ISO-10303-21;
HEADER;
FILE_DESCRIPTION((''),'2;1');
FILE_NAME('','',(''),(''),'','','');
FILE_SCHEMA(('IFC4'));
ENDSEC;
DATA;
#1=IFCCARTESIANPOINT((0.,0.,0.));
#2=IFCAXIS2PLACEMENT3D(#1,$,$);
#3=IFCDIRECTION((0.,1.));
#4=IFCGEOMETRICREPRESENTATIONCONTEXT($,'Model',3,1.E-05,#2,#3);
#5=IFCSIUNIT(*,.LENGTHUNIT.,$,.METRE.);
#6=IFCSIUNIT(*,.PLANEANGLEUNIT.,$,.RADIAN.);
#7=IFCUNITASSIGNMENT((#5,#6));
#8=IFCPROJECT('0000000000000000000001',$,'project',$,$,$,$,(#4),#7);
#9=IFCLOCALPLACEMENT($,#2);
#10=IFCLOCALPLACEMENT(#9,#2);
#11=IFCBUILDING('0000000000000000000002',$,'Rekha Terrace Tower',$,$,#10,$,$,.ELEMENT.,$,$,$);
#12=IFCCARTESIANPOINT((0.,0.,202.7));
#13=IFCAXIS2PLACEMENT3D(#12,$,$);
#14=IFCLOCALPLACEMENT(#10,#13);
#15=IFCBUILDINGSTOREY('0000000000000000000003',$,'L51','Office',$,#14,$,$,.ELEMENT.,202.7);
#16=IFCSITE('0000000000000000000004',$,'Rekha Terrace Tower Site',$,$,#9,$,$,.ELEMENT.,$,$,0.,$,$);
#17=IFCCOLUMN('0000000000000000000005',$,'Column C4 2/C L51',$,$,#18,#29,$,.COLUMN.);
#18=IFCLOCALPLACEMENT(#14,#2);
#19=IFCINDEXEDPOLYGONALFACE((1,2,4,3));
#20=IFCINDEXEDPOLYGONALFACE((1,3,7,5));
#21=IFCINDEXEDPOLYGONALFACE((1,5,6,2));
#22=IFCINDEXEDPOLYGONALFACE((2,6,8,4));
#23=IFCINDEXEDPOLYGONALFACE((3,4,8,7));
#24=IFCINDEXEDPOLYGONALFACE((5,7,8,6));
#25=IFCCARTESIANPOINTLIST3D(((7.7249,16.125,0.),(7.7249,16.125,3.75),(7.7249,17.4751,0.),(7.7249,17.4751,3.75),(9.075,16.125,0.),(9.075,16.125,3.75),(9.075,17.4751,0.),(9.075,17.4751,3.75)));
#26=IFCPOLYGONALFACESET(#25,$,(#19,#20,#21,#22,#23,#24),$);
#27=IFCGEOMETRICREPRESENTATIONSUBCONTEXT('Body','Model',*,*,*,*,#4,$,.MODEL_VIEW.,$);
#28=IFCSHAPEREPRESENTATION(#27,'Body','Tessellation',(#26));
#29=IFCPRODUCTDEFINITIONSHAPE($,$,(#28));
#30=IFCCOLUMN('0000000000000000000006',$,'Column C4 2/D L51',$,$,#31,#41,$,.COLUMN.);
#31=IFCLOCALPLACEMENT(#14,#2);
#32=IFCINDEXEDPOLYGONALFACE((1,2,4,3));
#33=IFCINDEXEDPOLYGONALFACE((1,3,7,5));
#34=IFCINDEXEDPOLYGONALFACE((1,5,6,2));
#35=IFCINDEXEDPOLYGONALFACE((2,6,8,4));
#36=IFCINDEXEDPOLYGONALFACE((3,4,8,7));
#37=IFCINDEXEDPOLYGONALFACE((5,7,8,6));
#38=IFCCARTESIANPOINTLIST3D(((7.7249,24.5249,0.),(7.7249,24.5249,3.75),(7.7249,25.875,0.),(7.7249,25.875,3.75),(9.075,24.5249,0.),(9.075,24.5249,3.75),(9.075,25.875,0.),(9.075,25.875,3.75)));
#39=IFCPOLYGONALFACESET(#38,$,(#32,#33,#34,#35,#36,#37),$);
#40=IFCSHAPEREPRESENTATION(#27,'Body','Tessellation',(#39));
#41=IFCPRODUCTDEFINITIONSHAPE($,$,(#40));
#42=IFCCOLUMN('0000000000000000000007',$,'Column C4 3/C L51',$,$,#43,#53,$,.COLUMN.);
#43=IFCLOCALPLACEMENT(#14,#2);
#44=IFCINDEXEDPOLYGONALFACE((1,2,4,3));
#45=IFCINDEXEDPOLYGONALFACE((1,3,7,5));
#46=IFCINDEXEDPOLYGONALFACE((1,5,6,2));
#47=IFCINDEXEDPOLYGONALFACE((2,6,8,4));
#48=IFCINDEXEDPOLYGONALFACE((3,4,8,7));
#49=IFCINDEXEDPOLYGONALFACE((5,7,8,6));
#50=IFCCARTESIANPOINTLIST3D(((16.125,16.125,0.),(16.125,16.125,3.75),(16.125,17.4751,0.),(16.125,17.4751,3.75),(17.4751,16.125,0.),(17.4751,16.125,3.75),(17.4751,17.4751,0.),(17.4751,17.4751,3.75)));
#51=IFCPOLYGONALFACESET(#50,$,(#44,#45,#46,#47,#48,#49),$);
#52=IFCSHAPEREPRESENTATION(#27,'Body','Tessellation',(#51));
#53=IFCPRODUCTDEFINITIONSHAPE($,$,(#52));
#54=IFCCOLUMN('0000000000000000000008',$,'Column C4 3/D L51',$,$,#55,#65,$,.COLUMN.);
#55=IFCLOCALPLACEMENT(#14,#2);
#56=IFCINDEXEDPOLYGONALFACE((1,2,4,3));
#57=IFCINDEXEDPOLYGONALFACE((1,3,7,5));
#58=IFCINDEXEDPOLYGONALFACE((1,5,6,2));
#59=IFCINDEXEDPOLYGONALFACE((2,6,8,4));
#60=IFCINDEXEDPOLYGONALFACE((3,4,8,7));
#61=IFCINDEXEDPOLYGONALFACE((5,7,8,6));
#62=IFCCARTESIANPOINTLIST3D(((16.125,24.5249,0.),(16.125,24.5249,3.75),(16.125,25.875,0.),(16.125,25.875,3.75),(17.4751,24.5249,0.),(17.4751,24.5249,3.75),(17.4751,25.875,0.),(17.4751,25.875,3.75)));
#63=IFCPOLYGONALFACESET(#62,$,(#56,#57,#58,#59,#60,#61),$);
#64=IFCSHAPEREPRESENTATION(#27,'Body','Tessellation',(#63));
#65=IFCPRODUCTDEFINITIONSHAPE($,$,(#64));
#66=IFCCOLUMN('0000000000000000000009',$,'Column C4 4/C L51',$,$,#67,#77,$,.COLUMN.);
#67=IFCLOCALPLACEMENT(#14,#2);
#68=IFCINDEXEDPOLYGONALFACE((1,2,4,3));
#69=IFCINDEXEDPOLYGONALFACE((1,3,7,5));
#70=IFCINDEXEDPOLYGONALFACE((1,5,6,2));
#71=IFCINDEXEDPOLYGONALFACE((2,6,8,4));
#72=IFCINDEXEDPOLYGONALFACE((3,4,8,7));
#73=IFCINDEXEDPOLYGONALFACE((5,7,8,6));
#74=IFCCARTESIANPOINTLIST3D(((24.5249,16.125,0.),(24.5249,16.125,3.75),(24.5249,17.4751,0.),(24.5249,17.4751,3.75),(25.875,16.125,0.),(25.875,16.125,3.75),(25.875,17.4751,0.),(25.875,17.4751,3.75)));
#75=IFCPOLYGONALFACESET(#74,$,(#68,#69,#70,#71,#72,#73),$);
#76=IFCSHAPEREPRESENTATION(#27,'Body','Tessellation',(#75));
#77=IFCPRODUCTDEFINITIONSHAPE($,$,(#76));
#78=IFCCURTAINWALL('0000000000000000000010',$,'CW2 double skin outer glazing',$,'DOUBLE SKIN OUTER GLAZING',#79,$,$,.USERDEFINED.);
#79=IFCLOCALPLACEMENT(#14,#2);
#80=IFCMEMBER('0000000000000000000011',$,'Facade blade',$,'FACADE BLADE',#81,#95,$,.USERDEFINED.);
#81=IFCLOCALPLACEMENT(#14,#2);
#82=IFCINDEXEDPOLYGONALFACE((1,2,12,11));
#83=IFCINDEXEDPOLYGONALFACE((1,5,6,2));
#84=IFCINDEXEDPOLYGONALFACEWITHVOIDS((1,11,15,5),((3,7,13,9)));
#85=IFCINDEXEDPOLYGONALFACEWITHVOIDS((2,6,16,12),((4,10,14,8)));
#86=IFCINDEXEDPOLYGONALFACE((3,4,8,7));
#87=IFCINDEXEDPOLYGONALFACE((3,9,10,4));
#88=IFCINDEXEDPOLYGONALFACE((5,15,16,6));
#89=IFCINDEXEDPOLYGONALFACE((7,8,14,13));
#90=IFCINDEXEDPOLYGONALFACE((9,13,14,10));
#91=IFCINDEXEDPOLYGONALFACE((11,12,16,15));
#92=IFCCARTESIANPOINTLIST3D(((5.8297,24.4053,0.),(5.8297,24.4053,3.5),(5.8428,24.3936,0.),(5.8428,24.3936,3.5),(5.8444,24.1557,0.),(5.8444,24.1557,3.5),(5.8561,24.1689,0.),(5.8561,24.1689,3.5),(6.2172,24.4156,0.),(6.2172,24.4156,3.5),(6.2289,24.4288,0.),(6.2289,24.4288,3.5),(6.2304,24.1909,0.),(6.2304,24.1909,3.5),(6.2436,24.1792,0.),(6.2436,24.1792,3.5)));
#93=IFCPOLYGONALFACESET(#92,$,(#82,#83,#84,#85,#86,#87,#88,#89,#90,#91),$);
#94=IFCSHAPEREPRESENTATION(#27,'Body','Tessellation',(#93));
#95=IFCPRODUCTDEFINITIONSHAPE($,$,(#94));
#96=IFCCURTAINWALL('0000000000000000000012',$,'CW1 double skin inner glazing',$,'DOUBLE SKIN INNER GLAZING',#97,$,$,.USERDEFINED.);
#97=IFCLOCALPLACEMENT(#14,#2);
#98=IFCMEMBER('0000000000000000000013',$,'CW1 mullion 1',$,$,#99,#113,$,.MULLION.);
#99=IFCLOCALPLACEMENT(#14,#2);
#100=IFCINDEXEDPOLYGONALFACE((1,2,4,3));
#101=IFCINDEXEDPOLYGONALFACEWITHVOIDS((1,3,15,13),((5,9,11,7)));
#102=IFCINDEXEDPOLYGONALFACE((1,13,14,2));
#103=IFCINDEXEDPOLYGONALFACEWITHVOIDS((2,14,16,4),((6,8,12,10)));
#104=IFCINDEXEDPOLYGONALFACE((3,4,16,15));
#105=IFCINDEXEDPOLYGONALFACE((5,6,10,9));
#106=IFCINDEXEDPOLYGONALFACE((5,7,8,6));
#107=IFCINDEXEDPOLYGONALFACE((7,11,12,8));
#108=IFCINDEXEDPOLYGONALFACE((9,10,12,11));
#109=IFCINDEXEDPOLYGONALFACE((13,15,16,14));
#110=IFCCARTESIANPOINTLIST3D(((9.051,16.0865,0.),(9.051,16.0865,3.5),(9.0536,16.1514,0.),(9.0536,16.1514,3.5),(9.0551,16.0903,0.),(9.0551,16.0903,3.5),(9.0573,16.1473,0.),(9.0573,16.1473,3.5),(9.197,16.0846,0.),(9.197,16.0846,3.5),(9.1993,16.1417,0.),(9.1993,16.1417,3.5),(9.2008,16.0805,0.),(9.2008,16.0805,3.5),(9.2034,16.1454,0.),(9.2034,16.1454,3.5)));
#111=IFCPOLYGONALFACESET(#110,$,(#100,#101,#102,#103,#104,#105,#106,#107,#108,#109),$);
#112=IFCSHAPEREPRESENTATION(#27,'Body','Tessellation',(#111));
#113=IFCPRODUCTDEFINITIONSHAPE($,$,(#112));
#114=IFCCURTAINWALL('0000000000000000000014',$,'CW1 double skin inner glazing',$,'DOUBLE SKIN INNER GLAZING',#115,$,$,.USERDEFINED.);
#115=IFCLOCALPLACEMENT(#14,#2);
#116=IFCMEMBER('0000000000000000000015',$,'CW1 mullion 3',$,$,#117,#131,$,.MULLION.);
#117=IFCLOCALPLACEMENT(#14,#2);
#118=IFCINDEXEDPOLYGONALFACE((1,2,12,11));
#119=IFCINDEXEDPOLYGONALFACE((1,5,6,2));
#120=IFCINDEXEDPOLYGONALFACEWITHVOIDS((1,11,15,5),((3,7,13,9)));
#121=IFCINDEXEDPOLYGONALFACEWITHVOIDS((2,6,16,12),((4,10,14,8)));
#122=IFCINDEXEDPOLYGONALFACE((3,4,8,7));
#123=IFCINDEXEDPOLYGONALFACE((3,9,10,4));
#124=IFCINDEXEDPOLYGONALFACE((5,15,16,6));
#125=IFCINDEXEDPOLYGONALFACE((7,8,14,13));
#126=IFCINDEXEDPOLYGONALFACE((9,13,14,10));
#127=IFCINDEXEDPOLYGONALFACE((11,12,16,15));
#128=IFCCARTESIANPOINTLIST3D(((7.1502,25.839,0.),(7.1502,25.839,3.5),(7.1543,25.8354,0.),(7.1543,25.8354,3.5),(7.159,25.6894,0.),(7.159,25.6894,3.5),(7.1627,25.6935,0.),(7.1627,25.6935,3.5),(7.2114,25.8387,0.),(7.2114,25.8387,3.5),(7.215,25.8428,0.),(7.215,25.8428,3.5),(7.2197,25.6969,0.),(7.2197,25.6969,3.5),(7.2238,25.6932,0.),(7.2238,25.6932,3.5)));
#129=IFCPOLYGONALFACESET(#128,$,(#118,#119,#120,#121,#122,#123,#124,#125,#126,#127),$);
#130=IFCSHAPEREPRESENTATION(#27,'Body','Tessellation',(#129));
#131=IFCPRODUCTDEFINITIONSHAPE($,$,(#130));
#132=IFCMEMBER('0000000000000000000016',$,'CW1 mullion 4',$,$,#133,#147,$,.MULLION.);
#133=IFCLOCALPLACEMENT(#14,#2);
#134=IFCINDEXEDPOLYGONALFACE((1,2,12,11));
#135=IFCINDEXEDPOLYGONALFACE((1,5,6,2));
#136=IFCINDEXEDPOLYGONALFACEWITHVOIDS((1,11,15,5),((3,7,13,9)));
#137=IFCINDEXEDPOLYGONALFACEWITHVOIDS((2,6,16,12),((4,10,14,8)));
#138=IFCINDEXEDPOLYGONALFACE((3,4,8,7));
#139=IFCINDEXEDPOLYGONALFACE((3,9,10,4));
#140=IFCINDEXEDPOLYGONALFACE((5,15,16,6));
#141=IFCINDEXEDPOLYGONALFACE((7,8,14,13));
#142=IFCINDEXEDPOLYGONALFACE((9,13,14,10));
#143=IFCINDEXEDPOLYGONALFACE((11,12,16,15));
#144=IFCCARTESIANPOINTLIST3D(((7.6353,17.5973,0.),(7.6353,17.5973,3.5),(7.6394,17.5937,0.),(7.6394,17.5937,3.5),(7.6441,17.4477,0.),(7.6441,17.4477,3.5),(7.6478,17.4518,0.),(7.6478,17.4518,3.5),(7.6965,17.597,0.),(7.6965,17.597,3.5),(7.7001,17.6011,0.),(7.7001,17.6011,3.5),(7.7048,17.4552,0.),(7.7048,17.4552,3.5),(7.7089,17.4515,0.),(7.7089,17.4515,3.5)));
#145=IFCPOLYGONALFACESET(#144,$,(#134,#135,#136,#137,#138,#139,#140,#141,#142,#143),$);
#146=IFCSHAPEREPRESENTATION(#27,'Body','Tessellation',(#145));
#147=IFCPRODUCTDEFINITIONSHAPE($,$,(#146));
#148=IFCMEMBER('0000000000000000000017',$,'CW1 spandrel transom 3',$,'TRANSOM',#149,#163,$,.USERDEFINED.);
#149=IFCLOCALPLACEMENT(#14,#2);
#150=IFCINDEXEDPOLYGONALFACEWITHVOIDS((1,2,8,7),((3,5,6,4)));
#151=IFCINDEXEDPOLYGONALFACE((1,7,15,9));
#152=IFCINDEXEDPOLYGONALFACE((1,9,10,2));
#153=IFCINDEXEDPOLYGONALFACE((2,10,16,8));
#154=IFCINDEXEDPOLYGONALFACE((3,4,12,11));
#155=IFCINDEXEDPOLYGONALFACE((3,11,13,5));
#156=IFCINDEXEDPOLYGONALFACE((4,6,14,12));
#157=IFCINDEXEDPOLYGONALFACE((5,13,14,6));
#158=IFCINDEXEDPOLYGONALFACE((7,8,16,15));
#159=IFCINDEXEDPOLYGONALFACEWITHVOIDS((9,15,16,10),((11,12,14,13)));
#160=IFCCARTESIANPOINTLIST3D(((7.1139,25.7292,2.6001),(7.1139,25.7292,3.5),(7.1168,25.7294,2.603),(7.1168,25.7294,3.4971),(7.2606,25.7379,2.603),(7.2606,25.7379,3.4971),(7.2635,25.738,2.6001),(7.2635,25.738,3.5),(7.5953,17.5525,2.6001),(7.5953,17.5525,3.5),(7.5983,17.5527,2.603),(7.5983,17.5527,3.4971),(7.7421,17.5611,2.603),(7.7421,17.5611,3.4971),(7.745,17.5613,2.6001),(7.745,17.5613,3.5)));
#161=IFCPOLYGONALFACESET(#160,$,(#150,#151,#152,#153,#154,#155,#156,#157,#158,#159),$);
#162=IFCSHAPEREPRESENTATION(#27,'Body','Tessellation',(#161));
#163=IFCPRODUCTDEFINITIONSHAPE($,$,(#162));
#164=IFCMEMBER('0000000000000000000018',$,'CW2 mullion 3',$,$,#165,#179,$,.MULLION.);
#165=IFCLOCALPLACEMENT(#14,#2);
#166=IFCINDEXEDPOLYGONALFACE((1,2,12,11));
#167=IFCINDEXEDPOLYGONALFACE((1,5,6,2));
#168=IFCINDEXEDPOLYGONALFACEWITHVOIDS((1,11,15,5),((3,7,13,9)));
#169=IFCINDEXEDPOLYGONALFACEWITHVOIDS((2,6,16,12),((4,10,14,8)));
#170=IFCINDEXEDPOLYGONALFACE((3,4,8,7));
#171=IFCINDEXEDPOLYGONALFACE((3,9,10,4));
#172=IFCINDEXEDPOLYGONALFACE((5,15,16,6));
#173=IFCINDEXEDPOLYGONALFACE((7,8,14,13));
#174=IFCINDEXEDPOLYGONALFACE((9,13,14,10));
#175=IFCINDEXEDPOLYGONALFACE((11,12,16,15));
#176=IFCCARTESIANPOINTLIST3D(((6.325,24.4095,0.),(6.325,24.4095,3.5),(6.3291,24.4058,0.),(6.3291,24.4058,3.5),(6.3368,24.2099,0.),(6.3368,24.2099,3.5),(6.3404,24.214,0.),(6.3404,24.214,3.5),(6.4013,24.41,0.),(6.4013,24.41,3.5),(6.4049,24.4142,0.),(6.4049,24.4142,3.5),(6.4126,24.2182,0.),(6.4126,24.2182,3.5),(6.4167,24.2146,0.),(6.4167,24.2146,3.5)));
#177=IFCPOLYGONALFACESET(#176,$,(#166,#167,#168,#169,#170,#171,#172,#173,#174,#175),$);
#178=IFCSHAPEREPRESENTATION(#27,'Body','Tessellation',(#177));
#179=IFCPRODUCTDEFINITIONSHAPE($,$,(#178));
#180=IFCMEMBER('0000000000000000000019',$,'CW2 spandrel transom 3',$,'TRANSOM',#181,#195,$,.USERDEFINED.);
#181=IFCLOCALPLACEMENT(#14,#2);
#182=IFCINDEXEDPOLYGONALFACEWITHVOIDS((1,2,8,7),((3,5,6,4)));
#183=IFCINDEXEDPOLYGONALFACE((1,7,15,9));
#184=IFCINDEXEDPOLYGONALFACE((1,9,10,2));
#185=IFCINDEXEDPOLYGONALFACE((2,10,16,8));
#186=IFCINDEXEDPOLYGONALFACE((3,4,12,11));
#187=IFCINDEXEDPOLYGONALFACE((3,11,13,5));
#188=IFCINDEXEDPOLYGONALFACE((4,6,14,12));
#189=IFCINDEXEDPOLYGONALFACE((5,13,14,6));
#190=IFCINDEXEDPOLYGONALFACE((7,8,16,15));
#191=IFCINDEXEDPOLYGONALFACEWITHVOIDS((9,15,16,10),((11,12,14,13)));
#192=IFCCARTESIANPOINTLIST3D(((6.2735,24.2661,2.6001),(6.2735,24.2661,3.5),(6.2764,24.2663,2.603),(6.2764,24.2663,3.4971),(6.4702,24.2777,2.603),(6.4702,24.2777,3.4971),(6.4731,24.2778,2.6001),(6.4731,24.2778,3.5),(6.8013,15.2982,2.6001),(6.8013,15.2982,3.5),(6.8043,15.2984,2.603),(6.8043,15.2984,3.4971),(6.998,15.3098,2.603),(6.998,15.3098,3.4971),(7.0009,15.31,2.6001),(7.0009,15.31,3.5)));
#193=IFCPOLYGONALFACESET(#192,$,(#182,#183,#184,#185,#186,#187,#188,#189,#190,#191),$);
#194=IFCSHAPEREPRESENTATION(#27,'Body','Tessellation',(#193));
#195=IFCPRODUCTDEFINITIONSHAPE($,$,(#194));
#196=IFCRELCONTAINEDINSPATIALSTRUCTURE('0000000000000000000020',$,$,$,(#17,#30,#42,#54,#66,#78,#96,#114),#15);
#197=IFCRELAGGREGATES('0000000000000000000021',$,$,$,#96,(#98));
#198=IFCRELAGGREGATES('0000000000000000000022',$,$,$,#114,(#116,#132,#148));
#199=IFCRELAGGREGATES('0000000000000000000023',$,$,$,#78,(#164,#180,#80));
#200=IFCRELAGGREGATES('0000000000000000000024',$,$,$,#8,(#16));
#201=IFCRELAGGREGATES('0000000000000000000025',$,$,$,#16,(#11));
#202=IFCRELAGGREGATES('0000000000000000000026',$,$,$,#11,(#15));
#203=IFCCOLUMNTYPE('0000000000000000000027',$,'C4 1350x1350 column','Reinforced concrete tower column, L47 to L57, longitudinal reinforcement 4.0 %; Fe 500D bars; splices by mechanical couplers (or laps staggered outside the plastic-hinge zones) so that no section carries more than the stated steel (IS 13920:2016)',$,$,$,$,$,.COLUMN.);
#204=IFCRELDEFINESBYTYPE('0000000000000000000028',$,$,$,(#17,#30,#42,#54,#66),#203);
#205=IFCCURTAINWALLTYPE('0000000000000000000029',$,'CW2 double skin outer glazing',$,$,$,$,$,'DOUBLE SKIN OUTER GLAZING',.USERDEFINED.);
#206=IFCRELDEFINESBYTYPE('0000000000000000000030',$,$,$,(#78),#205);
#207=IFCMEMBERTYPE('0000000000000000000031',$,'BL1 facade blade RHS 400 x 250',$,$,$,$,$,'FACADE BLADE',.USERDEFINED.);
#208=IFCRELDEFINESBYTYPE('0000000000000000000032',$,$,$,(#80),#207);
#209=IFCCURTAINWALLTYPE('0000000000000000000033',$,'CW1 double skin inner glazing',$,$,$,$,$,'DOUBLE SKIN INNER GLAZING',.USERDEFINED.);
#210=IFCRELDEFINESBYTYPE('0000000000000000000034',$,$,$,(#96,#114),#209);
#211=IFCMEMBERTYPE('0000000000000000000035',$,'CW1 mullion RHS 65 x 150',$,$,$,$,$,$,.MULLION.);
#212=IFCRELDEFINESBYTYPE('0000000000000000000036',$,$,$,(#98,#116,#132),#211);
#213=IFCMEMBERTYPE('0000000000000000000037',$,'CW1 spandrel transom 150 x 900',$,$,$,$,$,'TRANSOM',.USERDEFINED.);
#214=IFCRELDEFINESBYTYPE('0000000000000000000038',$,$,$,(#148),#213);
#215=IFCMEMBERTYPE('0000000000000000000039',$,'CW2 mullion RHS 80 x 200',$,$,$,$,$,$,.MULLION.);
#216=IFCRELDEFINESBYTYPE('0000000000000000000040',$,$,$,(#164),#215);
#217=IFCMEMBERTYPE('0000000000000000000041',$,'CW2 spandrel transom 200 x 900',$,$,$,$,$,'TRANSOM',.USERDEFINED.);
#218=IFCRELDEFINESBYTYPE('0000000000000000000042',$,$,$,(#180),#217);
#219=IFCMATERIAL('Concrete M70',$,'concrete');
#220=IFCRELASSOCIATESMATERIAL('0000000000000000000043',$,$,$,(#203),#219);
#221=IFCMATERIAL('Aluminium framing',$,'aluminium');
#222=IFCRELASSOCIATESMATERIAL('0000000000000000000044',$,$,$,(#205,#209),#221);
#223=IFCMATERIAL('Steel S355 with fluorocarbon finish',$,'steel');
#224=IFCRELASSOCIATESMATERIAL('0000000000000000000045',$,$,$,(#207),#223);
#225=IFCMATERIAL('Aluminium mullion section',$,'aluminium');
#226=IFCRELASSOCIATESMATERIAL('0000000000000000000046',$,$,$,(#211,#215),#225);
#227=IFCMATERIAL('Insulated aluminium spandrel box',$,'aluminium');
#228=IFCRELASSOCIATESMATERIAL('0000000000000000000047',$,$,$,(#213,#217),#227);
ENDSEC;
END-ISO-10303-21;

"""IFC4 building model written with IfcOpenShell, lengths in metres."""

from ifc_helpers import new_model, si_unit, direction, frame, origin, origin_2d, place, context, subcontext, project, spatial, rectangle, hollow_rectangle, extrude, material, material_profile, profile_set, type_object, element, aggregate, save


model = new_model("IFC4")

# Units and contexts
model_context = context("Model", 3, precision=1e-05, world=origin(), true_north=direction((0.0, 1.0)))
body_context = subcontext(model_context, "Body", "Model", "MODEL_VIEW")
ifc_project = project(units=[si_unit("LENGTHUNIT", "METRE"), si_unit("PLANEANGLEUNIT", "RADIAN")], contexts=[model_context])

# Site, building, storey
site_placement = place(None, origin())
site = spatial("IfcSite", under=ifc_project, at=site_placement, Name="Rekha Terrace Tower Site", CompositionType="ELEMENT", RefElevation=0.0)
building_placement = place(site_placement, origin())
building = spatial("IfcBuilding", under=site, at=building_placement, Name="Rekha Terrace Tower", CompositionType="ELEMENT")
storey_placement = place(building_placement, frame((0.0, 0.0, 202.7)))
storey = spatial("IfcBuildingStorey", under=building, at=storey_placement, Name="L51", Description="Office", CompositionType="ELEMENT", Elevation=202.7)

# Columns
ifc_material_1 = material(Name="Concrete M70", Category="concrete")
ifc_material_profile_1 = material_profile(ifc_material_1, rectangle(XDim=1.3501, YDim=1.3501, at=origin_2d()), Name="RC 1350x1350")
ifc_profile_set_1 = profile_set([ifc_material_profile_1], Name="Concrete M70")
column_type = type_object("IfcColumnType", Name="C4 1350x1350 column", Description="Reinforced concrete tower column, L47 to L57, longitudinal reinforcement 4.0 %; Fe 500D bars; splices by mechanical couplers (or laps staggered outside the plastic-hinge zones) so that no section carries more than the stated steel (IS 13920:2016)", PredefinedType="COLUMN", material=ifc_profile_set_1)
for number, where, z_axis, x_axis, name in (
    (1, (8.3999, 16.8, 0.0), (0.0, 0.0, 1.0), (1.0, 0.0, 0.0), "Column C4 2/C L51"),
    (2, (8.3999, 25.2, 0.0), (0.0, 0.0, 1.0), (1.0, 0.0, 0.0), "Column C4 2/D L51"),
    (3, (16.8, 16.8, 0.0), (0.0, 0.0, 1.0), (1.0, 0.0, 0.0), "Column C4 3/C L51"),
    (4, (16.8, 25.2, 0.0), (0.0, 0.0, 1.0), (1.0, 0.0, 0.0), "Column C4 3/D L51"),
    (5, (25.2, 16.8, 0.0), (0.0, 0.0, 1.0), (1.0, 0.0, 0.0), "Column C4 4/C L51"),
):
    element("IfcColumn", number, at=place(storey_placement, frame(where, z_axis=z_axis, x_axis=x_axis)), inside=storey, type_object=column_type, Name=name, PredefinedType="COLUMN", context=body_context, shape_type="SweptSolid", body=[
        extrude(rectangle(XDim=1.3501, YDim=1.3501, at=origin_2d()), origin(), (0.0, 0.0, 1.0), 3.75),
    ])

# Curtain walls, members
ifc_material_2 = material(Name="Aluminium framing", Category="aluminium")
curtain_wall_type_1 = type_object("IfcCurtainWallType", Name="CW2 double skin outer glazing", ElementType="DOUBLE SKIN OUTER GLAZING", PredefinedType="USERDEFINED", material=ifc_material_2)
curtain_wall_1_placement = place(storey_placement, origin())
curtain_wall_1 = element("IfcCurtainWall", 6, at=curtain_wall_1_placement, inside=storey, type_object=curtain_wall_type_1, Name="CW2 double skin outer glazing", ObjectType="DOUBLE SKIN OUTER GLAZING", PredefinedType="USERDEFINED")
ifc_material_3 = material(Name="Steel S355 with fluorocarbon finish", Category="steel")
ifc_material_profile_2 = material_profile(ifc_material_3, hollow_rectangle(XDim=0.25, YDim=0.3999, WallThickness=0.0125, at=origin_2d()), Name="RHS400x250x12.5")
ifc_profile_set_2 = profile_set([ifc_material_profile_2], Name="Steel S355 with fluorocarbon finish")
member_type_1 = type_object("IfcMemberType", Name="BL1 facade blade RHS 400 x 250", ElementType="FACADE BLADE", PredefinedType="USERDEFINED", material=ifc_profile_set_2)
member_1_placement = place(storey_placement, frame((6.0366, 24.2922, 0.0), z_axis=(0.0, 0.0, 1.0), x_axis=(0.058765, -0.998272, 0.0)))
member_1 = element("IfcMember", 7, at=member_1_placement, type_object=member_type_1, Name="Facade blade", ObjectType="FACADE BLADE", PredefinedType="USERDEFINED", context=body_context, shape_type="SweptSolid", body=[
    extrude(hollow_rectangle(XDim=0.25, YDim=0.3999, WallThickness=0.0125, at=origin_2d()), origin(), (0.0, 0.0, 1.0), 3.5),
])
curtain_wall_type_2 = type_object("IfcCurtainWallType", Name="CW1 double skin inner glazing", ElementType="DOUBLE SKIN INNER GLAZING", PredefinedType="USERDEFINED", material=ifc_material_2)
curtain_wall_2_placement = place(storey_placement, origin())
curtain_wall_2 = element("IfcCurtainWall", 8, at=curtain_wall_2_placement, inside=storey, type_object=curtain_wall_type_2, Name="CW1 double skin inner glazing", ObjectType="DOUBLE SKIN INNER GLAZING", PredefinedType="USERDEFINED")
ifc_material_4 = material(Name="Aluminium mullion section", Category="aluminium")
ifc_material_profile_3 = material_profile(ifc_material_4, hollow_rectangle(XDim=0.0649, YDim=0.1499, WallThickness=0.0039, at=origin_2d()), Name="AL RHS 65x150")
ifc_profile_set_3 = profile_set([ifc_material_profile_3], Name="Aluminium mullion section")
member_type_2 = type_object("IfcMemberType", Name="CW1 mullion RHS 65 x 150", PredefinedType="MULLION", material=ifc_profile_set_3)
member_2_placement = place(storey_placement, frame((9.1272, 16.116, 0.0), z_axis=(0.0, 0.0, 1.0), x_axis=(0.039872, 0.999205, 0.0)))
member_2 = element("IfcMember", 9, at=member_2_placement, type_object=member_type_2, Name="CW1 mullion 1", PredefinedType="MULLION", context=body_context, shape_type="SweptSolid", body=[
    extrude(hollow_rectangle(XDim=0.0649, YDim=0.1499, WallThickness=0.0039, at=origin_2d()), origin(), (0.0, 0.0, 1.0), 3.5),
])
aggregate(curtain_wall_2, [member_2])

# Curtain wall, members
curtain_wall_3_placement = place(storey_placement, origin())
curtain_wall_3 = element("IfcCurtainWall", 10, at=curtain_wall_3_placement, inside=storey, type_object=curtain_wall_type_2, Name="CW1 double skin inner glazing", ObjectType="DOUBLE SKIN INNER GLAZING", PredefinedType="USERDEFINED")
member_3_placement = place(storey_placement, frame((7.187, 25.7661, 0.0), z_axis=(0.0, 0.0, 1.0), x_axis=(0.998272, 0.058765, 0.0)))
member_3 = element("IfcMember", 11, at=member_3_placement, type_object=member_type_2, Name="CW1 mullion 3", PredefinedType="MULLION", context=body_context, shape_type="SweptSolid", body=[
    extrude(hollow_rectangle(XDim=0.0649, YDim=0.1499, WallThickness=0.0039, at=origin_2d()), origin(), (0.0, 0.0, 1.0), 3.5),
])
member_4_placement = place(storey_placement, frame((7.6721, 17.5244, 0.0), z_axis=(0.0, 0.0, 1.0), x_axis=(0.998272, 0.058765, 0.0)))
member_4 = element("IfcMember", 12, at=member_4_placement, type_object=member_type_2, Name="CW1 mullion 4", PredefinedType="MULLION", context=body_context, shape_type="SweptSolid", body=[
    extrude(hollow_rectangle(XDim=0.0649, YDim=0.1499, WallThickness=0.0039, at=origin_2d()), origin(), (0.0, 0.0, 1.0), 3.5),
])
ifc_material_5 = material(Name="Insulated aluminium spandrel box", Category="aluminium")
ifc_material_profile_4 = material_profile(ifc_material_5, hollow_rectangle(XDim=0.1499, YDim=0.8999, WallThickness=0.0029, at=origin_2d()), Name="AL SPANDREL BOX 150x900")
ifc_profile_set_4 = profile_set([ifc_material_profile_4], Name="Insulated aluminium spandrel box")
member_type_3 = type_object("IfcMemberType", Name="CW1 spandrel transom 150 x 900", ElementType="TRANSOM", PredefinedType="USERDEFINED", material=ifc_profile_set_4)
member_5_placement = place(storey_placement, frame((7.1887, 25.7336, 3.05), z_axis=(0.058778, -0.998271, 0.0), x_axis=(0.998271, 0.058778, 0.0)))
member_5 = element("IfcMember", 13, at=member_5_placement, type_object=member_type_3, Name="CW1 spandrel transom 3", ObjectType="TRANSOM", PredefinedType="USERDEFINED", context=body_context, shape_type="SweptSolid", body=[
    extrude(hollow_rectangle(XDim=0.1499, YDim=0.8999, WallThickness=0.0029, at=origin_2d()), origin(), (0.0, 0.0, 1.0), 8.1909),
])

# Members
ifc_material_profile_5 = material_profile(ifc_material_4, hollow_rectangle(XDim=0.0801, YDim=0.2, WallThickness=0.0039, at=origin_2d()), Name="AL RHS 80x200")
ifc_profile_set_5 = profile_set([ifc_material_profile_5], Name="Aluminium mullion section")
member_type_4 = type_object("IfcMemberType", Name="CW2 mullion RHS 80 x 200", PredefinedType="MULLION", material=ifc_profile_set_5)
member_6_placement = place(storey_placement, frame((6.3708, 24.312, 0.0), z_axis=(0.0, 0.0, 1.0), x_axis=(0.998272, 0.058765, 0.0)))
member_6 = element("IfcMember", 14, at=member_6_placement, type_object=member_type_4, Name="CW2 mullion 3", PredefinedType="MULLION", context=body_context, shape_type="SweptSolid", body=[
    extrude(hollow_rectangle(XDim=0.0801, YDim=0.2, WallThickness=0.0039, at=origin_2d()), origin(), (0.0, 0.0, 1.0), 3.5),
])
ifc_material_profile_6 = material_profile(ifc_material_5, hollow_rectangle(XDim=0.2, YDim=0.8999, WallThickness=0.0029, at=origin_2d()), Name="AL SPANDREL BOX 200x900")
ifc_profile_set_6 = profile_set([ifc_material_profile_6], Name="Insulated aluminium spandrel box")
member_type_5 = type_object("IfcMemberType", Name="CW2 spandrel transom 200 x 900", ElementType="TRANSOM", PredefinedType="USERDEFINED", material=ifc_profile_set_6)
member_7_placement = place(storey_placement, frame((6.3733, 24.272, 3.05), z_axis=(0.058757, -0.998272, 0.0), x_axis=(0.998272, 0.058757, 0.0)))
member_7 = element("IfcMember", 15, at=member_7_placement, type_object=member_type_5, Name="CW2 spandrel transom 3", ObjectType="TRANSOM", PredefinedType="USERDEFINED", context=body_context, shape_type="SweptSolid", body=[
    extrude(hollow_rectangle(XDim=0.2, YDim=0.8999, WallThickness=0.0029, at=origin_2d()), origin(), (0.0, 0.0, 1.0), 8.9834),
])

aggregate(curtain_wall_3, [member_3, member_4, member_5])
aggregate(curtain_wall_1, [member_6, member_7, member_1])

save(model, "model.ifc")
